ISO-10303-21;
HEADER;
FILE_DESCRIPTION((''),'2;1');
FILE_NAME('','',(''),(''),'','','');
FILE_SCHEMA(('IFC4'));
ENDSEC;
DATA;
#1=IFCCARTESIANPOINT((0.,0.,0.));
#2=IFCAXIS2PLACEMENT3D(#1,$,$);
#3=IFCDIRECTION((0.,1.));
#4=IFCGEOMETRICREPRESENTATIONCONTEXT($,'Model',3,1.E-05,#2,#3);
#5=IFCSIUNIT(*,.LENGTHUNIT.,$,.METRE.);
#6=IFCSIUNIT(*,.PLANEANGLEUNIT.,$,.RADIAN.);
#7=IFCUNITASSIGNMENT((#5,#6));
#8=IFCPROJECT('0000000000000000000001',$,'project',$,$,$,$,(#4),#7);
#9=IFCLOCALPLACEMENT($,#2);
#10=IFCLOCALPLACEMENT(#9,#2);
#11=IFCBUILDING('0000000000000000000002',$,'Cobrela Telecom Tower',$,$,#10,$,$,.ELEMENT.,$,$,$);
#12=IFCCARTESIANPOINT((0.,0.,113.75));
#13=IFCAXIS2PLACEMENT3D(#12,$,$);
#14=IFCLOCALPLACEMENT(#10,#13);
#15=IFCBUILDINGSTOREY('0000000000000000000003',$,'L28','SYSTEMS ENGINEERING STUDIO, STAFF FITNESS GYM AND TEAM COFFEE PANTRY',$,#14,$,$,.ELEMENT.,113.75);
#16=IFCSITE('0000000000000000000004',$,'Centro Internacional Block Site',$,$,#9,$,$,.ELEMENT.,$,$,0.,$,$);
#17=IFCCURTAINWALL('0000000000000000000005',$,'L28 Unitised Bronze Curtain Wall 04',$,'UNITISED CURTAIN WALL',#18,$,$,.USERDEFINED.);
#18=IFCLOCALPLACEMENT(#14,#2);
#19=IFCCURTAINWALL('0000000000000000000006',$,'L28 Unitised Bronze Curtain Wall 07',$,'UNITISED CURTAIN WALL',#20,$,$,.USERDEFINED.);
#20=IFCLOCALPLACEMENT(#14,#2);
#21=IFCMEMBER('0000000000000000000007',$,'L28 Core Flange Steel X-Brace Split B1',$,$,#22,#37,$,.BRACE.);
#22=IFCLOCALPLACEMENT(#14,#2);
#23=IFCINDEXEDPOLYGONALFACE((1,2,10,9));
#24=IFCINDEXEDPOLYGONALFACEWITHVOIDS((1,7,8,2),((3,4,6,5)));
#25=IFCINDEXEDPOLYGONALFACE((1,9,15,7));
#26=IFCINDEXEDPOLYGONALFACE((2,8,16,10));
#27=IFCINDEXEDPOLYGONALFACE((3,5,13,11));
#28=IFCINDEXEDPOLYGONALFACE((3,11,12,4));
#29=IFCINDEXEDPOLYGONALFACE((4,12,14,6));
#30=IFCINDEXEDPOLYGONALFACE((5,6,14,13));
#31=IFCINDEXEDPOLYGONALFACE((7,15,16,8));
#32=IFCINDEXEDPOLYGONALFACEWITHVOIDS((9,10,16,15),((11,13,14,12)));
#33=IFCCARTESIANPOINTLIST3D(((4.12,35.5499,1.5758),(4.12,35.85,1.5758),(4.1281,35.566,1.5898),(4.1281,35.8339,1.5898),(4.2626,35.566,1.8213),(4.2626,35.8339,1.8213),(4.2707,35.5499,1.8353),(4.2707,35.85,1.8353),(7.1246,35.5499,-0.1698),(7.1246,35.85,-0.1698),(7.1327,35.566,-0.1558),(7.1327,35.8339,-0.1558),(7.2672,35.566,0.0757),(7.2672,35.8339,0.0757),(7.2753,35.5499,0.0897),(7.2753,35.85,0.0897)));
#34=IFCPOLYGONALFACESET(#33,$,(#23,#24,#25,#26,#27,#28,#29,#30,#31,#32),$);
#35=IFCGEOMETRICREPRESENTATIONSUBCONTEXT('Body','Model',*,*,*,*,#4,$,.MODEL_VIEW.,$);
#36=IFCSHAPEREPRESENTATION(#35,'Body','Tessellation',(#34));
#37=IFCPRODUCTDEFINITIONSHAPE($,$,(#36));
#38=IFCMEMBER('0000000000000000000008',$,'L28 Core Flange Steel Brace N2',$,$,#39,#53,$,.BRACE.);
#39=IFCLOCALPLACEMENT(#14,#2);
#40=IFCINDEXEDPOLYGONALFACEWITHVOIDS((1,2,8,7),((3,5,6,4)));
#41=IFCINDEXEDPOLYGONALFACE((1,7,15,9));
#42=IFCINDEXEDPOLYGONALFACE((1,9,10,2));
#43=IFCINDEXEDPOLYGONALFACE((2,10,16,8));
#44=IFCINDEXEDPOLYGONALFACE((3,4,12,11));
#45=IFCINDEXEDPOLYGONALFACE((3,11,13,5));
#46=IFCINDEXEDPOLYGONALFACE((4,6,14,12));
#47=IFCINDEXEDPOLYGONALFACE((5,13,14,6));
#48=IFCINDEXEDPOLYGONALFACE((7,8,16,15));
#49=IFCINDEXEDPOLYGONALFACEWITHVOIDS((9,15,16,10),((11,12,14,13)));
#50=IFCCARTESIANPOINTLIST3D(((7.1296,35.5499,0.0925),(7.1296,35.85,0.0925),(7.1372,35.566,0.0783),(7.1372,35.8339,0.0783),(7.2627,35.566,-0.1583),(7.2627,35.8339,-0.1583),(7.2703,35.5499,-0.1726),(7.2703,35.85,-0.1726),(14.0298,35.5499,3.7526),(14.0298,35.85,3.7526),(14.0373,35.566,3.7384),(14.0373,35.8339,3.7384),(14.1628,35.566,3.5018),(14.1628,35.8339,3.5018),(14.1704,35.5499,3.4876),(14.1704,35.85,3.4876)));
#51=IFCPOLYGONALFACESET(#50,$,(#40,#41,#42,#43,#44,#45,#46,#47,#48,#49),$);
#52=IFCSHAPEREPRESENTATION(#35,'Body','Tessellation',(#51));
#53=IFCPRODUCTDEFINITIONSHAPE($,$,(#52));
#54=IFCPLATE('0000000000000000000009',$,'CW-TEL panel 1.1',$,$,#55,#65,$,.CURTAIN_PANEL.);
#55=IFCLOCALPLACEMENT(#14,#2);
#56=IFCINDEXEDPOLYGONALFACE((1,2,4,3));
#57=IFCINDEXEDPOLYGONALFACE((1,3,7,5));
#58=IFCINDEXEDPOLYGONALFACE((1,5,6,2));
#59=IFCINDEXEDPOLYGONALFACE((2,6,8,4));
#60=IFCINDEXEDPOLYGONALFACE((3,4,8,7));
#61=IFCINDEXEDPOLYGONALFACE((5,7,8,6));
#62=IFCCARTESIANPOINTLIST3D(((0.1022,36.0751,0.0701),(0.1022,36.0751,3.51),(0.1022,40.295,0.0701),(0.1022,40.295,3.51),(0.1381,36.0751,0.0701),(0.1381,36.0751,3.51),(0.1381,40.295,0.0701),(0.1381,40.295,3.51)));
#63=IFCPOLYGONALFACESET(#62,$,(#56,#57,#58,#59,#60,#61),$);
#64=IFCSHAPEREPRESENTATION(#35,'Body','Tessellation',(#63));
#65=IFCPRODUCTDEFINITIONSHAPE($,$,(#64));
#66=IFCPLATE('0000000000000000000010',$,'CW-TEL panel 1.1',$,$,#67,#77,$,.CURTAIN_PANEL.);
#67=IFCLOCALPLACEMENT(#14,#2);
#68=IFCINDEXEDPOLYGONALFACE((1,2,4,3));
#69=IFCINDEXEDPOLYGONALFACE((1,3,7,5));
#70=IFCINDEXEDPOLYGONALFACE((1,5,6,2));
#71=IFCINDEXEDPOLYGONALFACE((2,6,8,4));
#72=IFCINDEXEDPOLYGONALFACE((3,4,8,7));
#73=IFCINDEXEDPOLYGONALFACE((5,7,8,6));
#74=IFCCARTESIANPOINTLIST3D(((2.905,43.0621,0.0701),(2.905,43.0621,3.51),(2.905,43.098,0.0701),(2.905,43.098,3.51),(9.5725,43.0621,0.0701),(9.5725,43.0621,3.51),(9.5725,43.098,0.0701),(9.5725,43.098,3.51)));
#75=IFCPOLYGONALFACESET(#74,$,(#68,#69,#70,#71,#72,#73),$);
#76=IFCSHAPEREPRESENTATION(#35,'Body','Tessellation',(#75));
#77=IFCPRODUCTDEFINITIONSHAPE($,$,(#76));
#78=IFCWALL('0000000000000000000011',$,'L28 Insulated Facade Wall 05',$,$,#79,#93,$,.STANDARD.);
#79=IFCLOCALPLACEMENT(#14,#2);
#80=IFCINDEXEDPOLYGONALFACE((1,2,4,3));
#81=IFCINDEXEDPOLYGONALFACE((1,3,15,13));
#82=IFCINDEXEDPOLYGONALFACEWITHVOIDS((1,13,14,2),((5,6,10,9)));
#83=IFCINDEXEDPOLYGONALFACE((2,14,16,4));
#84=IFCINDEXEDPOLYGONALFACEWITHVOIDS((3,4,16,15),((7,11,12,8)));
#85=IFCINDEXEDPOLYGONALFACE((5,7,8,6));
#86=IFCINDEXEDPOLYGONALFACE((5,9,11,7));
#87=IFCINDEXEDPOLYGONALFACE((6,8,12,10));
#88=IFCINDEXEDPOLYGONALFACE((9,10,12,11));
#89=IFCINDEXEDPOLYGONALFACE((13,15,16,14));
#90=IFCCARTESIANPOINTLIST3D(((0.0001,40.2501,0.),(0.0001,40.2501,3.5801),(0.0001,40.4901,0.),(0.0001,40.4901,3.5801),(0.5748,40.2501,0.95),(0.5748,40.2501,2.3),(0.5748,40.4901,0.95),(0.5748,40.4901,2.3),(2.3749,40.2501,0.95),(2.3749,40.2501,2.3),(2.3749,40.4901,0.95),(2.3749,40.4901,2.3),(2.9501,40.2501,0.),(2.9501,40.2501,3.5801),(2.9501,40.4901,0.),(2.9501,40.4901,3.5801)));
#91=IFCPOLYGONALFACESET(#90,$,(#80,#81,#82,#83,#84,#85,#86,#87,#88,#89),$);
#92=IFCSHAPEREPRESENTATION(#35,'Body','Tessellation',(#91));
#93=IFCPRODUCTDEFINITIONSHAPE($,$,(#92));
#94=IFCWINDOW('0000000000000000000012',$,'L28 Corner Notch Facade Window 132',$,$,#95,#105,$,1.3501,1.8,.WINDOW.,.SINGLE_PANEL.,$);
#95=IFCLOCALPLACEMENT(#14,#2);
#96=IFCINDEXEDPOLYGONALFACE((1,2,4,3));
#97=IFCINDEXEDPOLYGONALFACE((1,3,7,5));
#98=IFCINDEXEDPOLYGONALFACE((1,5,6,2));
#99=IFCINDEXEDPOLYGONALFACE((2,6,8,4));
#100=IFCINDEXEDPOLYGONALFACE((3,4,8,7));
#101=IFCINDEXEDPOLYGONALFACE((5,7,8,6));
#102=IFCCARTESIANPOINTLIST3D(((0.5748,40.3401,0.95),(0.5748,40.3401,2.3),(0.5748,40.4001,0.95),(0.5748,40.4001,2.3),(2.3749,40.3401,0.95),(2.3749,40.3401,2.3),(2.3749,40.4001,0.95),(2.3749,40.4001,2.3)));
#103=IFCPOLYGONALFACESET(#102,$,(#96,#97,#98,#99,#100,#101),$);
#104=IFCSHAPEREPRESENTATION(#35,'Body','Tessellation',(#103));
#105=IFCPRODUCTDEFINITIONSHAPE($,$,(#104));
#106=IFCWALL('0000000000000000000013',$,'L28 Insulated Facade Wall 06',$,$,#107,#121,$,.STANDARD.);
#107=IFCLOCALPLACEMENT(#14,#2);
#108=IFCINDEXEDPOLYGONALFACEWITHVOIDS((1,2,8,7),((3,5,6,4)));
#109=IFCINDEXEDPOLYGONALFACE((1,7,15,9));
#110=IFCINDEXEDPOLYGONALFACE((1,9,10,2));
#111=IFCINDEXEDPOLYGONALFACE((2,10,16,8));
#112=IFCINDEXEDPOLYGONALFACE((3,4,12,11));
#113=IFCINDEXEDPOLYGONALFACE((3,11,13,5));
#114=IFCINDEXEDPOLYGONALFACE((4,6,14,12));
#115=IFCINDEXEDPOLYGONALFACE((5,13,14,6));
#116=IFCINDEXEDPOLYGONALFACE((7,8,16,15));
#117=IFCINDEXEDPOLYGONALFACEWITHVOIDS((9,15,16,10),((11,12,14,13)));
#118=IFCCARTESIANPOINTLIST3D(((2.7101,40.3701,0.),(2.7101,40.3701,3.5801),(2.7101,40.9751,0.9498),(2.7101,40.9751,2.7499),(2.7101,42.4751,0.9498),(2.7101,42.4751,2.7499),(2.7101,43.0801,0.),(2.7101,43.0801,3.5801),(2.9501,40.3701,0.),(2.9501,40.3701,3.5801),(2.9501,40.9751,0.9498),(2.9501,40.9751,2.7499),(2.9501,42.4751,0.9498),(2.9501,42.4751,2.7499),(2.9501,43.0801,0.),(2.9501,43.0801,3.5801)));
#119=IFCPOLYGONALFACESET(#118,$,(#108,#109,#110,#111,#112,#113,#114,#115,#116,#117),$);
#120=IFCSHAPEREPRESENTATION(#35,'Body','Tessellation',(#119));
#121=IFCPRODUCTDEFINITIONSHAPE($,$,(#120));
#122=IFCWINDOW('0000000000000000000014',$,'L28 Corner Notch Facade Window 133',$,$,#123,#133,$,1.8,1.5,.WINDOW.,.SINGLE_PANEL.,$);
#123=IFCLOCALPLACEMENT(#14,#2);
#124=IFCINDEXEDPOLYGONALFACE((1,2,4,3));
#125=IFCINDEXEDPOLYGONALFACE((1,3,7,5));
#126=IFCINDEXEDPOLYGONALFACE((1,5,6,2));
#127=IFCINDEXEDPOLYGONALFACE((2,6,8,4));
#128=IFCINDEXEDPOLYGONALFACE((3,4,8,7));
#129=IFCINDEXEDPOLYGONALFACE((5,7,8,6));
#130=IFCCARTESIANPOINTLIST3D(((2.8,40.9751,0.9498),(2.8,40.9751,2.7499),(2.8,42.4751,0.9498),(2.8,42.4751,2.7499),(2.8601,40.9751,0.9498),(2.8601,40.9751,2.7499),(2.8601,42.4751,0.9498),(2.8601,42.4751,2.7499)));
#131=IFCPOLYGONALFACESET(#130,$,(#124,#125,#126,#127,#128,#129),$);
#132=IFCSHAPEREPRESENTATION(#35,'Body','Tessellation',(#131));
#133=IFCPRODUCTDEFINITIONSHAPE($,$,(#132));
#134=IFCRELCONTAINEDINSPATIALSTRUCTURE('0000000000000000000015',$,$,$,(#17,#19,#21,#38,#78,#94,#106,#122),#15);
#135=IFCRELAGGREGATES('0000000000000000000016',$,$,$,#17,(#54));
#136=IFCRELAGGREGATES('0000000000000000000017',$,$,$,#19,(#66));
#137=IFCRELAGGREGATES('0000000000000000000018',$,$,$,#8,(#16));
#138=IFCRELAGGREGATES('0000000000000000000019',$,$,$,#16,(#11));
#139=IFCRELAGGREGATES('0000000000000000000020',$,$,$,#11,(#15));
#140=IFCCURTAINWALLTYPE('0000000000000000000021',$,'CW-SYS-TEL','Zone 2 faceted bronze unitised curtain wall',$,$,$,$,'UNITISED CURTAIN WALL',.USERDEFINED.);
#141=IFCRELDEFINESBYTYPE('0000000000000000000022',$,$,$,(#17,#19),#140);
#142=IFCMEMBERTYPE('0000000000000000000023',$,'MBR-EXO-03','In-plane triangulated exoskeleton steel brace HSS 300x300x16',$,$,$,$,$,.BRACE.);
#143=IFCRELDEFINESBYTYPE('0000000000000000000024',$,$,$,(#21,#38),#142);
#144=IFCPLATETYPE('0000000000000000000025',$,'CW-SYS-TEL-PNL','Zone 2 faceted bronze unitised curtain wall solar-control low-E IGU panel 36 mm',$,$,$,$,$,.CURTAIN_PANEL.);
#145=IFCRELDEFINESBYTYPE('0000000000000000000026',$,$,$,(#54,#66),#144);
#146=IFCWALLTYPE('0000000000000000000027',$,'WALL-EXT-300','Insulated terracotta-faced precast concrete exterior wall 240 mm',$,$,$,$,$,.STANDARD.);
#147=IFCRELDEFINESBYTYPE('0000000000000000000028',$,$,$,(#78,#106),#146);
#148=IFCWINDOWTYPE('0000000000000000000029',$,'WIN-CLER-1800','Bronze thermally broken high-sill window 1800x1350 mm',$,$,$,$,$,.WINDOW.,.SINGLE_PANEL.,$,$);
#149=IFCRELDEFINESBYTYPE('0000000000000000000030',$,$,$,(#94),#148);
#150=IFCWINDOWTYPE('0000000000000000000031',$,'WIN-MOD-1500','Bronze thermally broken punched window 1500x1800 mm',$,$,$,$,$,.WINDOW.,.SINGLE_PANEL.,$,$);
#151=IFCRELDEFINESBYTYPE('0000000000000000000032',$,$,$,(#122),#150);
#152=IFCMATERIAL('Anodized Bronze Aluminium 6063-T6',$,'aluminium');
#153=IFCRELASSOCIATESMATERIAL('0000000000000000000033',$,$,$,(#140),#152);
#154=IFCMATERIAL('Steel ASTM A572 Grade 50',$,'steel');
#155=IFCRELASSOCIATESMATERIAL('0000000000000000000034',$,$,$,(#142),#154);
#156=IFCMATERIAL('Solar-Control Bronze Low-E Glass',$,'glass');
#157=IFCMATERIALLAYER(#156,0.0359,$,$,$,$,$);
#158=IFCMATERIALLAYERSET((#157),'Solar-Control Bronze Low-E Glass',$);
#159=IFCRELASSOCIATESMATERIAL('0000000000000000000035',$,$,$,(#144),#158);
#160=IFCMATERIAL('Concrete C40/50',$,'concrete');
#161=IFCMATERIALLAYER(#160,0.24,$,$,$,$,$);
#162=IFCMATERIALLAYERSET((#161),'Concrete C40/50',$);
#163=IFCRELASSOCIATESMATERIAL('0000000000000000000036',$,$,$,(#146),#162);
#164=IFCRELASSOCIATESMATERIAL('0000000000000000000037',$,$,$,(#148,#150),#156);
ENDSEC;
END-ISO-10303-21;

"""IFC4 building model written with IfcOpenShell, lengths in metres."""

from ifc_helpers import new_model, si_unit, direction, frame, frame_2d, origin, origin_2d, place, context, subcontext, project, spatial, rectangle, hollow_rectangle, extrude, material, layer, layer_set, material_profile, profile_set, type_object, element, fill, aggregate, save


model = new_model("IFC4")

# Units and contexts
model_context = context("Model", 3, precision=1e-05, world=origin(), true_north=direction((0.0, 1.0)))
body_context = subcontext(model_context, "Body", "Model", "MODEL_VIEW")
ifc_project = project(units=[si_unit("LENGTHUNIT", "METRE"), si_unit("PLANEANGLEUNIT", "RADIAN")], contexts=[model_context])

# Site, building, storey
site_placement = place(None, origin())
site = spatial("IfcSite", under=ifc_project, at=site_placement, Name="Centro Internacional Block Site", CompositionType="ELEMENT", RefElevation=0.0)
building_placement = place(site_placement, origin())
building = spatial("IfcBuilding", under=site, at=building_placement, Name="Cobrela Telecom Tower", CompositionType="ELEMENT")
storey_placement = place(building_placement, frame((0.0, 0.0, 113.75)))
storey = spatial("IfcBuildingStorey", under=building, at=storey_placement, Name="L28", Description="SYSTEMS ENGINEERING STUDIO, STAFF FITNESS GYM AND TEAM COFFEE PANTRY", CompositionType="ELEMENT", Elevation=113.75)

# Shared definitions
ifc_material_1 = material(Name="Steel ASTM A572 Grade 50", Category="steel")

# Curtain walls
ifc_material_2 = material(Name="Anodized Bronze Aluminium 6063-T6", Category="aluminium")
curtain_wall_type = type_object("IfcCurtainWallType", Name="CW-SYS-TEL", Description="Zone 2 faceted bronze unitised curtain wall", ElementType="UNITISED CURTAIN WALL", PredefinedType="USERDEFINED", material=ifc_material_2)
curtain_wall_1_placement = place(storey_placement, origin())
curtain_wall_1 = element("IfcCurtainWall", 1, at=curtain_wall_1_placement, inside=storey, type_object=curtain_wall_type, Name="L28 Unitised Bronze Curtain Wall 04", ObjectType="UNITISED CURTAIN WALL", PredefinedType="USERDEFINED")
curtain_wall_2_placement = place(storey_placement, origin())
curtain_wall_2 = element("IfcCurtainWall", 2, at=curtain_wall_2_placement, inside=storey, type_object=curtain_wall_type, Name="L28 Unitised Bronze Curtain Wall 07", ObjectType="UNITISED CURTAIN WALL", PredefinedType="USERDEFINED")

# Members
ifc_material_profile_1 = material_profile(ifc_material_1, hollow_rectangle(XDim=0.3, YDim=0.3, WallThickness=0.0161, at=origin_2d()), Name="HSS 300x300x16")
ifc_profile_set_1 = profile_set([ifc_material_profile_1], Name="Steel ASTM A572 Grade 50")
member_type_1 = type_object("IfcMemberType", Name="MBR-EXO-03", Description="In-plane triangulated exoskeleton steel brace HSS 300x300x16", PredefinedType="BRACE", material=ifc_profile_set_1)
member_1_placement = place(storey_placement, frame((7.2, 35.7, -0.04), z_axis=(-0.864667, 0.0, 0.502346), x_axis=(0.0, -1.0, 0.0)))
element("IfcMember", 3, at=member_1_placement, inside=storey, type_object=member_type_1, Name="L28 Core Flange Steel X-Brace Split B1", PredefinedType="BRACE", context=body_context, shape_type="SweptSolid", body=[
    extrude(hollow_rectangle(XDim=0.3, YDim=0.3, WallThickness=0.0161, at=origin_2d()), origin(), (0.0, 0.0, 1.0), 3.4749),
])
member_2_placement = place(storey_placement, frame((7.2, 35.7, -0.04), z_axis=(0.88341, 0.0, 0.468601), x_axis=(0.0, 1.0, 0.0)))
element("IfcMember", 4, at=member_2_placement, inside=storey, type_object=member_type_1, Name="L28 Core Flange Steel Brace N2", PredefinedType="BRACE", context=body_context, shape_type="SweptSolid", body=[
    extrude(hollow_rectangle(XDim=0.3, YDim=0.3, WallThickness=0.0161, at=origin_2d()), origin(), (0.0, 0.0, 1.0), 7.8108),
])

# Plates
ifc_material_3 = material(Name="Solar-Control Bronze Low-E Glass", Category="glass")
ifc_layer_1 = layer(ifc_material_3, 0.0359)
ifc_layer_set_1 = layer_set([ifc_layer_1], Name="Solar-Control Bronze Low-E Glass")
plate_type = type_object("IfcPlateType", Name="CW-SYS-TEL-PNL", Description="Zone 2 faceted bronze unitised curtain wall solar-control low-E IGU panel 36 mm", PredefinedType="CURTAIN_PANEL", material=ifc_layer_set_1)
plate_1_placement = place(storey_placement, frame((0.1201, 38.1851, 0.0701), z_axis=(0.0, 0.0, 1.0), x_axis=(0.0, 1.0, 0.0)))
plate_1 = element("IfcPlate", 5, at=plate_1_placement, type_object=plate_type, Name="CW-TEL panel 1.1", PredefinedType="CURTAIN_PANEL", context=body_context, shape_type="SweptSolid", body=[
    extrude(rectangle(XDim=4.22, YDim=0.0359, at=origin_2d()), origin(), (0.0, 0.0, 1.0), 3.4399),
])
aggregate(curtain_wall_1, [plate_1])
plate_2_placement = place(storey_placement, frame((6.2388, 43.0801, 0.0701), z_axis=(0.0, 0.0, 1.0), x_axis=(1.0, 0.0, 0.0)))
plate_2 = element("IfcPlate", 6, at=plate_2_placement, type_object=plate_type, Name="CW-TEL panel 1.1", PredefinedType="CURTAIN_PANEL", context=body_context, shape_type="SweptSolid", body=[
    extrude(rectangle(XDim=6.6675, YDim=0.0359, at=origin_2d()), origin(), (0.0, 0.0, 1.0), 3.4399),
])
aggregate(curtain_wall_2, [plate_2])

# Walls, openings, windows
ifc_material_4 = material(Name="Concrete C40/50", Category="concrete")
ifc_layer_2 = layer(ifc_material_4, 0.24)
ifc_layer_set_2 = layer_set([ifc_layer_2], Name="Concrete C40/50")
wall_type = type_object("IfcWallType", Name="WALL-EXT-300", Description="Insulated terracotta-faced precast concrete exterior wall 240 mm", PredefinedType="STANDARD", material=ifc_layer_set_2)
wall_1_placement = place(storey_placement, frame((0.0, 40.3701, 0.0), z_axis=(0.0, 0.0, 1.0), x_axis=(1.0, 0.0, 0.0)))
wall_1 = element("IfcWall", 7, at=wall_1_placement, inside=storey, type_object=wall_type, Name="L28 Insulated Facade Wall 05", PredefinedType="STANDARD", context=body_context, shape_type="SweptSolid", body=[
    extrude(rectangle(XDim=2.95, YDim=0.24, at=frame_2d((1.4751, 0.0))), origin(), (0.0, 0.0, 1.0), 3.5801),
])
opening_1_placement = place(wall_1_placement, frame((0.575, 0.0, 0.95)))
opening_1 = element("IfcOpeningElement", 8, at=opening_1_placement, cuts=wall_1, PredefinedType="OPENING", context=body_context, shape_type="SweptSolid", body=[
    extrude(rectangle(XDim=1.8, YDim=1.3501, at=frame_2d((0.8999, 0.675))), frame((0.0, 0.1318, 0.0), z_axis=(0.0, -1.0, 0.0), x_axis=(1.0, 0.0, 0.0)), (0.0, 0.0, 1.0), 0.2639),
])
window_type_1 = type_object("IfcWindowType", Name="WIN-CLER-1800", Description="Bronze thermally broken high-sill window 1800x1350 mm", PartitioningType="SINGLE_PANEL", PredefinedType="WINDOW", material=ifc_material_3)
window_1_placement = place(opening_1_placement, origin())
window_1 = element("IfcWindow", 9, at=window_1_placement, inside=storey, type_object=window_type_1, Name="L28 Corner Notch Facade Window 132", OverallHeight=1.3501, OverallWidth=1.8, PartitioningType="SINGLE_PANEL", PredefinedType="WINDOW", context=body_context, shape_type="SweptSolid", body=[
    extrude(rectangle(XDim=1.8, YDim=1.3501, at=frame_2d((0.8999, 0.675))), frame((0.0, 0.03, 0.0), z_axis=(0.0, -1.0, 0.0), x_axis=(1.0, 0.0, 0.0)), (0.0, 0.0, 1.0), 0.0601),
])
fill(opening_1, window_1)
wall_2_placement = place(storey_placement, frame((2.8301, 40.3701, 0.0), z_axis=(0.0, 0.0, 1.0), x_axis=(0.0, 1.0, 0.0)))
wall_2 = element("IfcWall", 10, at=wall_2_placement, inside=storey, type_object=wall_type, Name="L28 Insulated Facade Wall 06", PredefinedType="STANDARD", context=body_context, shape_type="SweptSolid", body=[
    extrude(rectangle(XDim=2.71, YDim=0.24, at=frame_2d((1.355, 0.0))), origin(), (0.0, 0.0, 1.0), 3.5801),
])
opening_2_placement = place(wall_2_placement, frame((0.605, 0.0, 0.95)))
opening_2 = element("IfcOpeningElement", 11, at=opening_2_placement, cuts=wall_2, PredefinedType="OPENING", context=body_context, shape_type="SweptSolid", body=[
    extrude(rectangle(XDim=1.5, YDim=1.8, at=frame_2d((0.75, 0.8999))), frame((0.0, 0.1318, 0.0), z_axis=(0.0, -1.0, 0.0), x_axis=(1.0, 0.0, 0.0)), (0.0, 0.0, 1.0), 0.2639),
])
window_type_2 = type_object("IfcWindowType", Name="WIN-MOD-1500", Description="Bronze thermally broken punched window 1500x1800 mm", PartitioningType="SINGLE_PANEL", PredefinedType="WINDOW", material=ifc_material_3)
window_2_placement = place(opening_2_placement, origin())
window_2 = element("IfcWindow", 12, at=window_2_placement, inside=storey, type_object=window_type_2, Name="L28 Corner Notch Facade Window 133", OverallHeight=1.8, OverallWidth=1.5, PartitioningType="SINGLE_PANEL", PredefinedType="WINDOW", context=body_context, shape_type="SweptSolid", body=[
    extrude(rectangle(XDim=1.5, YDim=1.8, at=frame_2d((0.75, 0.8999))), frame((0.0, 0.03, 0.0), z_axis=(0.0, -1.0, 0.0), x_axis=(1.0, 0.0, 0.0)), (0.0, 0.0, 1.0), 0.0601),
])
fill(opening_2, window_2)

save(model, "model.ifc")
